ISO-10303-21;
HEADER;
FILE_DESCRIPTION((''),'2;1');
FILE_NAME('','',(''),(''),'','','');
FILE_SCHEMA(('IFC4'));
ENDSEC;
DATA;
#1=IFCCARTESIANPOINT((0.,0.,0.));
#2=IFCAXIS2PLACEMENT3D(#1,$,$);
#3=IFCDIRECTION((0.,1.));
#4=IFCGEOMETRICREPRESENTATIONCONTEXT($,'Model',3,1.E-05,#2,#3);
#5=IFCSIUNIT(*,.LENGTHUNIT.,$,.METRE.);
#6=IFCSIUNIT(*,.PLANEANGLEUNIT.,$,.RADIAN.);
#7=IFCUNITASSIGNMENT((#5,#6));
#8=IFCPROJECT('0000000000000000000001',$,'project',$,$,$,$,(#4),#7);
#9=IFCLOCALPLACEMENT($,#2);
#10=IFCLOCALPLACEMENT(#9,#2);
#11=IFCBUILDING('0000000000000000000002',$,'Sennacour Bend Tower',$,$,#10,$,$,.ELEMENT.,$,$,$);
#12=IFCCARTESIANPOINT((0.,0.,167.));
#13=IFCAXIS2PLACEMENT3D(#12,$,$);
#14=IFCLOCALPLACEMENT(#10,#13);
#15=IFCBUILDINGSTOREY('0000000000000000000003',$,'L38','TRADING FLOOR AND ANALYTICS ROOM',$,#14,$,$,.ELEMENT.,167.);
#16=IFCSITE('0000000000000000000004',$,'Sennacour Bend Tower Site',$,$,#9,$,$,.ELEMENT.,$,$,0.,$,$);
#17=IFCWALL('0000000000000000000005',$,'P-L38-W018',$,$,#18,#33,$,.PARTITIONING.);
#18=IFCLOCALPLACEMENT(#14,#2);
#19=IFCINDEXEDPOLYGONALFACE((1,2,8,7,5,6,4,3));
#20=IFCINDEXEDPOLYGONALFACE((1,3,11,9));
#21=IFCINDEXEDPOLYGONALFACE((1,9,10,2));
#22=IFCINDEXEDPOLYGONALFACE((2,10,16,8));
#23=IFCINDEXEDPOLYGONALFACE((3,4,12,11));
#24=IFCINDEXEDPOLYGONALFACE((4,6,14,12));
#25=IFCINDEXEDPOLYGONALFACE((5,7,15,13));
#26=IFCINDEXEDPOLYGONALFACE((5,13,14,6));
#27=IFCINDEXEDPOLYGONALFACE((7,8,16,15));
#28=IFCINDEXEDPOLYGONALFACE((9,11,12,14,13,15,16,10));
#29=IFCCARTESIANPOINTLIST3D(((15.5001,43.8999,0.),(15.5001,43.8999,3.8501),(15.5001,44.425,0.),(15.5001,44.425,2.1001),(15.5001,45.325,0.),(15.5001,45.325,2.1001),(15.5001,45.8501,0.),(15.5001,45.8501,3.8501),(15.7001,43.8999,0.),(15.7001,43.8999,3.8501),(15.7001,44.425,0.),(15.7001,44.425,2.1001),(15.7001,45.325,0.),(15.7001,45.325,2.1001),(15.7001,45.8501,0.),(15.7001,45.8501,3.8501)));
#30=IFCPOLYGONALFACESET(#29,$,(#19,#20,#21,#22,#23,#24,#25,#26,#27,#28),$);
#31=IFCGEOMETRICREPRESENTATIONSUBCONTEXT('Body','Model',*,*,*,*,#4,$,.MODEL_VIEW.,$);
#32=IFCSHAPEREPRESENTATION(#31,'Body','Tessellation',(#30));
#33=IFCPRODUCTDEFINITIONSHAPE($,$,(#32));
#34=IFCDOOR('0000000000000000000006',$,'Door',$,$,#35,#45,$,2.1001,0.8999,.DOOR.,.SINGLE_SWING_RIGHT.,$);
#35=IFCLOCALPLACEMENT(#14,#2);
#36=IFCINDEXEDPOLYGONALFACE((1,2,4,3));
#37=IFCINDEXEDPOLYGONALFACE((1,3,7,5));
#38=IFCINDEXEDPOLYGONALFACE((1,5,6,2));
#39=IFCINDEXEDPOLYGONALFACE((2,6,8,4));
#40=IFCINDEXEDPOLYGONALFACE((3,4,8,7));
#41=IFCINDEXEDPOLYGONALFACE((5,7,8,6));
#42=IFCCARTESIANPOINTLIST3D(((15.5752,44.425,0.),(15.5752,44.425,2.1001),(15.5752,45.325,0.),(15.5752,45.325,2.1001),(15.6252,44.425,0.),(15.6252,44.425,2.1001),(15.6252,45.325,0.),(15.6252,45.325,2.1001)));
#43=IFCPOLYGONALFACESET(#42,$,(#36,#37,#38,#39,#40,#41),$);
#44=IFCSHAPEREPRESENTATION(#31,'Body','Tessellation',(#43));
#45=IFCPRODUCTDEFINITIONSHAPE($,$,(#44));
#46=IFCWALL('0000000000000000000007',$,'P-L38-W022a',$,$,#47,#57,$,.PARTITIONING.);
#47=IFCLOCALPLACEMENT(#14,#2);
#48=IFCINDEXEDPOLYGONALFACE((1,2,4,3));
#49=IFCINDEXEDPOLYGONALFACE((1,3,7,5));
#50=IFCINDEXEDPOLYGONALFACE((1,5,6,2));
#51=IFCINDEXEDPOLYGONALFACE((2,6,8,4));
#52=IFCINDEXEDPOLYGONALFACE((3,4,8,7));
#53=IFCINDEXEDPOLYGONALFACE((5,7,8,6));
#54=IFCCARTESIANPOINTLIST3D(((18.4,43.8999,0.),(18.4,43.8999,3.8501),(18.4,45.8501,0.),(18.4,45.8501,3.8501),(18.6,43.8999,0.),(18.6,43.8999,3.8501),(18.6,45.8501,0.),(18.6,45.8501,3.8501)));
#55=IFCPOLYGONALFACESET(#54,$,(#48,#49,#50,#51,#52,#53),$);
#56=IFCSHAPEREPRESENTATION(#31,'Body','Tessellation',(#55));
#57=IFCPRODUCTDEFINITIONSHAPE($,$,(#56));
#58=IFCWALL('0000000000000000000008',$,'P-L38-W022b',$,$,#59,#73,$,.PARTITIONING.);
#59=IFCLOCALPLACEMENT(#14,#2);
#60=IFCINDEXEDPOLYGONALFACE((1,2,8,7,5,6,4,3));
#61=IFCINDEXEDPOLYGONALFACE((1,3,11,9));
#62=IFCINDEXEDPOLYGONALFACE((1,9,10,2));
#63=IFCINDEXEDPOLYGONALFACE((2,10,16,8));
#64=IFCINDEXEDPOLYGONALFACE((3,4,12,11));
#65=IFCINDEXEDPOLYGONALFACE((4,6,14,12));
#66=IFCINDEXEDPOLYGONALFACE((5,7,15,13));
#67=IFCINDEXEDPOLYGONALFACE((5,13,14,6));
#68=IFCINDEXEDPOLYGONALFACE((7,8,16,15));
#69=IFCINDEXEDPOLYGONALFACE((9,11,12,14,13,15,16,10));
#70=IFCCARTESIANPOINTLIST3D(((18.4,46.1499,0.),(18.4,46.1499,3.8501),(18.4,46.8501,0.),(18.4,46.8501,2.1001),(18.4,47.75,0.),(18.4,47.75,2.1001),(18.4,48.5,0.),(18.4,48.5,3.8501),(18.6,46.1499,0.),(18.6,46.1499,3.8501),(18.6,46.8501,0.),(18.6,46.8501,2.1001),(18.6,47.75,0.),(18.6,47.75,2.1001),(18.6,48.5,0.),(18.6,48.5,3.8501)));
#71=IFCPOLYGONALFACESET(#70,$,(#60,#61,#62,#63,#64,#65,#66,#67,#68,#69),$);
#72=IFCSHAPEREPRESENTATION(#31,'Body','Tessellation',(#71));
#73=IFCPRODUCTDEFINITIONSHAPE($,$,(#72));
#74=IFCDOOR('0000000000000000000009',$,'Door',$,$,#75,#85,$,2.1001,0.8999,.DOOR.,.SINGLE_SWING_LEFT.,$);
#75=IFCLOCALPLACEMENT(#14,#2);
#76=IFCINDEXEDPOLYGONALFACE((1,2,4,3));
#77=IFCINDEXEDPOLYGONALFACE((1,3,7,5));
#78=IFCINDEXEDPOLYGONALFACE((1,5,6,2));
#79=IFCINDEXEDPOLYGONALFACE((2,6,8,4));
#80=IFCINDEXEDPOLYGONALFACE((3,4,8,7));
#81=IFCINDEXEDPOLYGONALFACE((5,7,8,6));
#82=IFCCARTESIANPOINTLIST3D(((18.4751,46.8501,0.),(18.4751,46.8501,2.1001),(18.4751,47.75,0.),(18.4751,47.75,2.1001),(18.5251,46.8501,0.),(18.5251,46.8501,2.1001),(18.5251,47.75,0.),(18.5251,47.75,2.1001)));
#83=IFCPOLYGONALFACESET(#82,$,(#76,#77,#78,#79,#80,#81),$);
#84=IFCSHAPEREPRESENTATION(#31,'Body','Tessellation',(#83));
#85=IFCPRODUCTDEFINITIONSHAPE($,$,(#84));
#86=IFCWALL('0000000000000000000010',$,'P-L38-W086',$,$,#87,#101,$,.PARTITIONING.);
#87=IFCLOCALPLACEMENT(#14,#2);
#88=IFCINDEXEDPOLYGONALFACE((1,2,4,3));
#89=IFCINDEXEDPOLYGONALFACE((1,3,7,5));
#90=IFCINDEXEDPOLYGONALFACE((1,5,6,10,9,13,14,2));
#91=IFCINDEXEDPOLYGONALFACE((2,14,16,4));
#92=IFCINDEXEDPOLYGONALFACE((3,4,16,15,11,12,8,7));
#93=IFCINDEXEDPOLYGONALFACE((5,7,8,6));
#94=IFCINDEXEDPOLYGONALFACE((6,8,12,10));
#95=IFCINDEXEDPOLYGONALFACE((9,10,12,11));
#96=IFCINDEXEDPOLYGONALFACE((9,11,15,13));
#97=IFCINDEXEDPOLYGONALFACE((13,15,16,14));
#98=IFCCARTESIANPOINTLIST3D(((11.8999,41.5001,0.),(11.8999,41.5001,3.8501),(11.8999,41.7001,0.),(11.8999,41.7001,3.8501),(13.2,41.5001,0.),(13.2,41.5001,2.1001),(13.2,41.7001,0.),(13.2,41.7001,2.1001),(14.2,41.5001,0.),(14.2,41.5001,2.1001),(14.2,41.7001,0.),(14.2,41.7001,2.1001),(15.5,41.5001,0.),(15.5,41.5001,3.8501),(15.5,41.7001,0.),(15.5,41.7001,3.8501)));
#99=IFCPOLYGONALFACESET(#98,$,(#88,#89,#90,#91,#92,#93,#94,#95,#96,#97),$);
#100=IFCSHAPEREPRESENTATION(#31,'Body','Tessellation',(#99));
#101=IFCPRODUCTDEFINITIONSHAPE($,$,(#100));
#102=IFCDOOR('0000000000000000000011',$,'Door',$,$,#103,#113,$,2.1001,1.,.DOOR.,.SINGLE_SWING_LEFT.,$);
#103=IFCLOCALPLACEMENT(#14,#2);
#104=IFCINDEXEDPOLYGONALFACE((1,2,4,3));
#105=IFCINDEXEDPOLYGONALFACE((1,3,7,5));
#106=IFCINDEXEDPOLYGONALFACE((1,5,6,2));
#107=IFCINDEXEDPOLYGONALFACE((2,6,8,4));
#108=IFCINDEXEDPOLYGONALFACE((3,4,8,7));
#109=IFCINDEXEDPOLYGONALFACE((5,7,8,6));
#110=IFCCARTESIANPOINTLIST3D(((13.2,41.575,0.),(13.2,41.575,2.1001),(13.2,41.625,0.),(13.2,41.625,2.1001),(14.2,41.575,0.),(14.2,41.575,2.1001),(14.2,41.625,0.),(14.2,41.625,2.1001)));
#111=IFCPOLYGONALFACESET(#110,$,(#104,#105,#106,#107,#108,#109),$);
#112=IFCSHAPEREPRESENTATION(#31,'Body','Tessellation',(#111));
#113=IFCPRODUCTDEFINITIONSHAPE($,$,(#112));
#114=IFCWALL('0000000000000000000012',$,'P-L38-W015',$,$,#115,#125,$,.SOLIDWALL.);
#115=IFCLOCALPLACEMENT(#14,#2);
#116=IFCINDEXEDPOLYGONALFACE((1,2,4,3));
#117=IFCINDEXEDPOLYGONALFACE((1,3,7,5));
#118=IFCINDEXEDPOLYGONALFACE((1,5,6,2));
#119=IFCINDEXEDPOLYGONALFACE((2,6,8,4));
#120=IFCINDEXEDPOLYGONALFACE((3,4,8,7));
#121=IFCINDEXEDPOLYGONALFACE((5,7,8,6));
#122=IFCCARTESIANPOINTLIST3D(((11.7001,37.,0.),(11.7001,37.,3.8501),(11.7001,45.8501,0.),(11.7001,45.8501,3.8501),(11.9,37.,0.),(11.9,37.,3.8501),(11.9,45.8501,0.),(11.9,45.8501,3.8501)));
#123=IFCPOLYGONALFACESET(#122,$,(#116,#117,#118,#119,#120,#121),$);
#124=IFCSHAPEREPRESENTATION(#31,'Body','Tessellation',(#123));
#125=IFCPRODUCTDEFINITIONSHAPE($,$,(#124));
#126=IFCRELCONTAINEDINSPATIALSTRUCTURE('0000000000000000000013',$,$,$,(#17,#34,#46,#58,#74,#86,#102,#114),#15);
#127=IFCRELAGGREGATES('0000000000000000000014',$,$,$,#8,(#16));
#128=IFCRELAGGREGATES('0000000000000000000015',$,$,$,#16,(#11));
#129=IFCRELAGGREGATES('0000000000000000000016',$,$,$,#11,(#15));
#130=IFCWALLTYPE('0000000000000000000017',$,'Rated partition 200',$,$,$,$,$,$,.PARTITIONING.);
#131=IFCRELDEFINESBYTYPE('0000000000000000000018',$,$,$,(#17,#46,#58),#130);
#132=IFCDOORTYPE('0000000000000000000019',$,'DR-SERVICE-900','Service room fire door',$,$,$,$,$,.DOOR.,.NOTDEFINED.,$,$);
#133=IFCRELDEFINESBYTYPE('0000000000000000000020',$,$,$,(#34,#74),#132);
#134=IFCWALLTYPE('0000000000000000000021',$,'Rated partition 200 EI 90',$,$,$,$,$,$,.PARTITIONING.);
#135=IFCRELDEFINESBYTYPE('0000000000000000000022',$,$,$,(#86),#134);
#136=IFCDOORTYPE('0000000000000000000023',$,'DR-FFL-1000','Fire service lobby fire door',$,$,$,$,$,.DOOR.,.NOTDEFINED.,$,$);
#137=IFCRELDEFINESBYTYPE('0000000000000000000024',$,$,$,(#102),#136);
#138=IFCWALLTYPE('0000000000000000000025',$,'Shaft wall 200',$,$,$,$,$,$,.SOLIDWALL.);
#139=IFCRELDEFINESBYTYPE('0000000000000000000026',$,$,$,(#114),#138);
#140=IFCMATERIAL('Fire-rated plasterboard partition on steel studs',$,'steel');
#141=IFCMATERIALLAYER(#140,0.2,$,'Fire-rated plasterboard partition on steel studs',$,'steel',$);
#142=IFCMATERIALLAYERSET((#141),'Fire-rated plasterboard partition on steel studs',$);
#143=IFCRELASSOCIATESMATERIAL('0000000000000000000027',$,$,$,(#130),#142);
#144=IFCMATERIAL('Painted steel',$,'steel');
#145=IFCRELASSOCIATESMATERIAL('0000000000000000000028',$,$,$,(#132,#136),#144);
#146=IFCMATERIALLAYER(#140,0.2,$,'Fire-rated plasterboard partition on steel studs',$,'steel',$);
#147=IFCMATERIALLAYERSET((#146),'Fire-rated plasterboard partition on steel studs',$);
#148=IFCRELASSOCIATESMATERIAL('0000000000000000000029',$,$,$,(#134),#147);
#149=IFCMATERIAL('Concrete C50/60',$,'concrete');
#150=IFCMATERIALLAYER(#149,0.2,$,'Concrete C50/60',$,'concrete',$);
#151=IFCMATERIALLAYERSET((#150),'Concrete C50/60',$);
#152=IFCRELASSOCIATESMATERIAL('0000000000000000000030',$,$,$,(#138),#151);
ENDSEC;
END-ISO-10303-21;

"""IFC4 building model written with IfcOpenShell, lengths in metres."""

from ifc_helpers import new_model, si_unit, direction, frame, frame_2d, origin, place, context, subcontext, project, spatial, rectangle, extrude, material, layer, layer_set, type_object, element, fill, save


model = new_model("IFC4")

# Units and contexts
model_context = context("Model", 3, precision=1e-05, world=origin(), true_north=direction((0.0, 1.0)))
body_context = subcontext(model_context, "Body", "Model", "MODEL_VIEW")
ifc_project = project(units=[si_unit("LENGTHUNIT", "METRE"), si_unit("PLANEANGLEUNIT", "RADIAN")], contexts=[model_context])

# Site, building, storey
site_placement = place(None, origin())
site = spatial("IfcSite", under=ifc_project, at=site_placement, Name="Sennacour Bend Tower Site", CompositionType="ELEMENT", RefElevation=0.0)
building_placement = place(site_placement, origin())
building = spatial("IfcBuilding", under=site, at=building_placement, Name="Sennacour Bend Tower", CompositionType="ELEMENT")
storey_placement = place(building_placement, frame((0.0, 0.0, 167.0)))
storey = spatial("IfcBuildingStorey", under=building, at=storey_placement, Name="L38", Description="TRADING FLOOR AND ANALYTICS ROOM", CompositionType="ELEMENT", Elevation=167.0)

# Wall, opening, door
ifc_material_1 = material(Name="Fire-rated plasterboard partition on steel studs", Category="steel")
ifc_layer_1 = layer(ifc_material_1, 0.2, Name="Fire-rated plasterboard partition on steel studs", Category="steel")
ifc_layer_set_1 = layer_set([ifc_layer_1], Name="Fire-rated plasterboard partition on steel studs")
wall_type_1 = type_object("IfcWallType", Name="Rated partition 200", PredefinedType="PARTITIONING", material=ifc_layer_set_1)
wall_1_placement = place(storey_placement, frame((15.6001, 43.8999, 0.0), z_axis=(0.0, 0.0, 1.0), x_axis=(0.0, 1.0, 0.0)))
wall_1 = element("IfcWall", 1, at=wall_1_placement, inside=storey, type_object=wall_type_1, Name="P-L38-W018", PredefinedType="PARTITIONING", context=body_context, shape_type="SweptSolid", body=[
    extrude(rectangle(XDim=1.9502, YDim=0.2, at=frame_2d((0.9751, 0.0))), origin(), (0.0, 0.0, 1.0), 3.8501),
])
opening_1_placement = place(wall_1_placement, frame((0.5251, 0.0, 0.0)))
opening_1 = element("IfcOpeningElement", 2, at=opening_1_placement, cuts=wall_1, PredefinedType="OPENING", context=body_context, shape_type="SweptSolid", body=[
    extrude(rectangle(XDim=0.8999, YDim=2.1001, at=frame_2d((0.45, 1.05))), frame((0.0, 0.1099, 0.0), z_axis=(0.0, -1.0, 0.0), x_axis=(1.0, 0.0, 0.0)), (0.0, 0.0, 1.0), 0.22),
])
ifc_material_2 = material(Name="Painted steel", Category="steel")
door_type_1 = type_object("IfcDoorType", Name="DR-SERVICE-900", Description="Service room fire door", OperationType="NOTDEFINED", PredefinedType="DOOR", material=ifc_material_2)
door_1_placement = place(opening_1_placement, origin())
door_1 = element("IfcDoor", 3, at=door_1_placement, inside=storey, type_object=door_type_1, Name="Door", OperationType="SINGLE_SWING_RIGHT", OverallHeight=2.1001, OverallWidth=0.8999, PredefinedType="DOOR", context=body_context, shape_type="SweptSolid", body=[
    extrude(rectangle(XDim=0.8999, YDim=2.1001, at=frame_2d((0.45, 1.05))), frame((0.0, 0.0249, 0.0), z_axis=(0.0, -1.0, 0.0), x_axis=(1.0, 0.0, 0.0)), (0.0, 0.0, 1.0), 0.05),
])
fill(opening_1, door_1)

# Wall
wall_2_placement = place(storey_placement, frame((18.5, 43.8999, 0.0), z_axis=(0.0, 0.0, 1.0), x_axis=(0.0, 1.0, 0.0)))
element("IfcWall", 4, at=wall_2_placement, inside=storey, type_object=wall_type_1, Name="P-L38-W022a", PredefinedType="PARTITIONING", context=body_context, shape_type="SweptSolid", body=[
    extrude(rectangle(XDim=1.9502, YDim=0.2, at=frame_2d((0.9751, 0.0))), origin(), (0.0, 0.0, 1.0), 3.8501),
])

# Walls, openings, doors
wall_3_placement = place(storey_placement, frame((18.5, 46.1499, 0.0), z_axis=(0.0, 0.0, 1.0), x_axis=(0.0, 1.0, 0.0)))
wall_3 = element("IfcWall", 5, at=wall_3_placement, inside=storey, type_object=wall_type_1, Name="P-L38-W022b", PredefinedType="PARTITIONING", context=body_context, shape_type="SweptSolid", body=[
    extrude(rectangle(XDim=2.3501, YDim=0.2, at=frame_2d((1.175, 0.0))), origin(), (0.0, 0.0, 1.0), 3.8501),
])
opening_2_placement = place(wall_3_placement, frame((0.7002, 0.0, 0.0)))
opening_2 = element("IfcOpeningElement", 6, at=opening_2_placement, cuts=wall_3, PredefinedType="OPENING", context=body_context, shape_type="SweptSolid", body=[
    extrude(rectangle(XDim=0.8999, YDim=2.1001, at=frame_2d((0.45, 1.05))), frame((0.0, 0.1099, 0.0), z_axis=(0.0, -1.0, 0.0), x_axis=(1.0, 0.0, 0.0)), (0.0, 0.0, 1.0), 0.22),
])
door_2_placement = place(opening_2_placement, origin())
door_2 = element("IfcDoor", 7, at=door_2_placement, inside=storey, type_object=door_type_1, Name="Door", OperationType="SINGLE_SWING_LEFT", OverallHeight=2.1001, OverallWidth=0.8999, PredefinedType="DOOR", context=body_context, shape_type="SweptSolid", body=[
    extrude(rectangle(XDim=0.8999, YDim=2.1001, at=frame_2d((0.45, 1.05))), frame((0.0, 0.0249, 0.0), z_axis=(0.0, -1.0, 0.0), x_axis=(1.0, 0.0, 0.0)), (0.0, 0.0, 1.0), 0.05),
])
fill(opening_2, door_2)
ifc_layer_2 = layer(ifc_material_1, 0.2, Name="Fire-rated plasterboard partition on steel studs", Category="steel")
ifc_layer_set_2 = layer_set([ifc_layer_2], Name="Fire-rated plasterboard partition on steel studs")
wall_type_2 = type_object("IfcWallType", Name="Rated partition 200 EI 90", PredefinedType="PARTITIONING", material=ifc_layer_set_2)
wall_4_placement = place(storey_placement, frame((11.8999, 41.6001, 0.0), z_axis=(0.0, 0.0, 1.0), x_axis=(1.0, 0.0, 0.0)))
wall_4 = element("IfcWall", 8, at=wall_4_placement, inside=storey, type_object=wall_type_2, Name="P-L38-W086", PredefinedType="PARTITIONING", context=body_context, shape_type="SweptSolid", body=[
    extrude(rectangle(XDim=3.6001, YDim=0.2, at=frame_2d((1.8, 0.0))), origin(), (0.0, 0.0, 1.0), 3.8501),
])
opening_3_placement = place(wall_4_placement, frame((1.3, 0.0, 0.0)))
opening_3 = element("IfcOpeningElement", 9, at=opening_3_placement, cuts=wall_4, PredefinedType="OPENING", context=body_context, shape_type="SweptSolid", body=[
    extrude(rectangle(XDim=1.0, YDim=2.1001, at=frame_2d((0.5, 1.05))), frame((0.0, 0.1099, 0.0), z_axis=(0.0, -1.0, 0.0), x_axis=(1.0, 0.0, 0.0)), (0.0, 0.0, 1.0), 0.22),
])
door_type_2 = type_object("IfcDoorType", Name="DR-FFL-1000", Description="Fire service lobby fire door", OperationType="NOTDEFINED", PredefinedType="DOOR", material=ifc_material_2)
door_3_placement = place(opening_3_placement, origin())
door_3 = element("IfcDoor", 10, at=door_3_placement, inside=storey, type_object=door_type_2, Name="Door", OperationType="SINGLE_SWING_LEFT", OverallHeight=2.1001, OverallWidth=1.0, PredefinedType="DOOR", context=body_context, shape_type="SweptSolid", body=[
    extrude(rectangle(XDim=1.0, YDim=2.1001, at=frame_2d((0.5, 1.05))), frame((0.0, 0.0249, 0.0), z_axis=(0.0, -1.0, 0.0), x_axis=(1.0, 0.0, 0.0)), (0.0, 0.0, 1.0), 0.05),
])
fill(opening_3, door_3)

# Wall
ifc_material_3 = material(Name="Concrete C50/60", Category="concrete")
ifc_layer_3 = layer(ifc_material_3, 0.2, Name="Concrete C50/60", Category="concrete")
ifc_layer_set_3 = layer_set([ifc_layer_3], Name="Concrete C50/60")
wall_type_3 = type_object("IfcWallType", Name="Shaft wall 200", PredefinedType="SOLIDWALL", material=ifc_layer_set_3)
wall_5_placement = place(storey_placement, frame((11.8, 37.0, 0.0), z_axis=(0.0, 0.0, 1.0), x_axis=(0.0, 1.0, 0.0)))
element("IfcWall", 11, at=wall_5_placement, inside=storey, type_object=wall_type_3, Name="P-L38-W015", PredefinedType="SOLIDWALL", context=body_context, shape_type="SweptSolid", body=[
    extrude(rectangle(XDim=8.8501, YDim=0.2, at=frame_2d((4.425, 0.0))), origin(), (0.0, 0.0, 1.0), 3.8501),
])

save(model, "model.ifc")
